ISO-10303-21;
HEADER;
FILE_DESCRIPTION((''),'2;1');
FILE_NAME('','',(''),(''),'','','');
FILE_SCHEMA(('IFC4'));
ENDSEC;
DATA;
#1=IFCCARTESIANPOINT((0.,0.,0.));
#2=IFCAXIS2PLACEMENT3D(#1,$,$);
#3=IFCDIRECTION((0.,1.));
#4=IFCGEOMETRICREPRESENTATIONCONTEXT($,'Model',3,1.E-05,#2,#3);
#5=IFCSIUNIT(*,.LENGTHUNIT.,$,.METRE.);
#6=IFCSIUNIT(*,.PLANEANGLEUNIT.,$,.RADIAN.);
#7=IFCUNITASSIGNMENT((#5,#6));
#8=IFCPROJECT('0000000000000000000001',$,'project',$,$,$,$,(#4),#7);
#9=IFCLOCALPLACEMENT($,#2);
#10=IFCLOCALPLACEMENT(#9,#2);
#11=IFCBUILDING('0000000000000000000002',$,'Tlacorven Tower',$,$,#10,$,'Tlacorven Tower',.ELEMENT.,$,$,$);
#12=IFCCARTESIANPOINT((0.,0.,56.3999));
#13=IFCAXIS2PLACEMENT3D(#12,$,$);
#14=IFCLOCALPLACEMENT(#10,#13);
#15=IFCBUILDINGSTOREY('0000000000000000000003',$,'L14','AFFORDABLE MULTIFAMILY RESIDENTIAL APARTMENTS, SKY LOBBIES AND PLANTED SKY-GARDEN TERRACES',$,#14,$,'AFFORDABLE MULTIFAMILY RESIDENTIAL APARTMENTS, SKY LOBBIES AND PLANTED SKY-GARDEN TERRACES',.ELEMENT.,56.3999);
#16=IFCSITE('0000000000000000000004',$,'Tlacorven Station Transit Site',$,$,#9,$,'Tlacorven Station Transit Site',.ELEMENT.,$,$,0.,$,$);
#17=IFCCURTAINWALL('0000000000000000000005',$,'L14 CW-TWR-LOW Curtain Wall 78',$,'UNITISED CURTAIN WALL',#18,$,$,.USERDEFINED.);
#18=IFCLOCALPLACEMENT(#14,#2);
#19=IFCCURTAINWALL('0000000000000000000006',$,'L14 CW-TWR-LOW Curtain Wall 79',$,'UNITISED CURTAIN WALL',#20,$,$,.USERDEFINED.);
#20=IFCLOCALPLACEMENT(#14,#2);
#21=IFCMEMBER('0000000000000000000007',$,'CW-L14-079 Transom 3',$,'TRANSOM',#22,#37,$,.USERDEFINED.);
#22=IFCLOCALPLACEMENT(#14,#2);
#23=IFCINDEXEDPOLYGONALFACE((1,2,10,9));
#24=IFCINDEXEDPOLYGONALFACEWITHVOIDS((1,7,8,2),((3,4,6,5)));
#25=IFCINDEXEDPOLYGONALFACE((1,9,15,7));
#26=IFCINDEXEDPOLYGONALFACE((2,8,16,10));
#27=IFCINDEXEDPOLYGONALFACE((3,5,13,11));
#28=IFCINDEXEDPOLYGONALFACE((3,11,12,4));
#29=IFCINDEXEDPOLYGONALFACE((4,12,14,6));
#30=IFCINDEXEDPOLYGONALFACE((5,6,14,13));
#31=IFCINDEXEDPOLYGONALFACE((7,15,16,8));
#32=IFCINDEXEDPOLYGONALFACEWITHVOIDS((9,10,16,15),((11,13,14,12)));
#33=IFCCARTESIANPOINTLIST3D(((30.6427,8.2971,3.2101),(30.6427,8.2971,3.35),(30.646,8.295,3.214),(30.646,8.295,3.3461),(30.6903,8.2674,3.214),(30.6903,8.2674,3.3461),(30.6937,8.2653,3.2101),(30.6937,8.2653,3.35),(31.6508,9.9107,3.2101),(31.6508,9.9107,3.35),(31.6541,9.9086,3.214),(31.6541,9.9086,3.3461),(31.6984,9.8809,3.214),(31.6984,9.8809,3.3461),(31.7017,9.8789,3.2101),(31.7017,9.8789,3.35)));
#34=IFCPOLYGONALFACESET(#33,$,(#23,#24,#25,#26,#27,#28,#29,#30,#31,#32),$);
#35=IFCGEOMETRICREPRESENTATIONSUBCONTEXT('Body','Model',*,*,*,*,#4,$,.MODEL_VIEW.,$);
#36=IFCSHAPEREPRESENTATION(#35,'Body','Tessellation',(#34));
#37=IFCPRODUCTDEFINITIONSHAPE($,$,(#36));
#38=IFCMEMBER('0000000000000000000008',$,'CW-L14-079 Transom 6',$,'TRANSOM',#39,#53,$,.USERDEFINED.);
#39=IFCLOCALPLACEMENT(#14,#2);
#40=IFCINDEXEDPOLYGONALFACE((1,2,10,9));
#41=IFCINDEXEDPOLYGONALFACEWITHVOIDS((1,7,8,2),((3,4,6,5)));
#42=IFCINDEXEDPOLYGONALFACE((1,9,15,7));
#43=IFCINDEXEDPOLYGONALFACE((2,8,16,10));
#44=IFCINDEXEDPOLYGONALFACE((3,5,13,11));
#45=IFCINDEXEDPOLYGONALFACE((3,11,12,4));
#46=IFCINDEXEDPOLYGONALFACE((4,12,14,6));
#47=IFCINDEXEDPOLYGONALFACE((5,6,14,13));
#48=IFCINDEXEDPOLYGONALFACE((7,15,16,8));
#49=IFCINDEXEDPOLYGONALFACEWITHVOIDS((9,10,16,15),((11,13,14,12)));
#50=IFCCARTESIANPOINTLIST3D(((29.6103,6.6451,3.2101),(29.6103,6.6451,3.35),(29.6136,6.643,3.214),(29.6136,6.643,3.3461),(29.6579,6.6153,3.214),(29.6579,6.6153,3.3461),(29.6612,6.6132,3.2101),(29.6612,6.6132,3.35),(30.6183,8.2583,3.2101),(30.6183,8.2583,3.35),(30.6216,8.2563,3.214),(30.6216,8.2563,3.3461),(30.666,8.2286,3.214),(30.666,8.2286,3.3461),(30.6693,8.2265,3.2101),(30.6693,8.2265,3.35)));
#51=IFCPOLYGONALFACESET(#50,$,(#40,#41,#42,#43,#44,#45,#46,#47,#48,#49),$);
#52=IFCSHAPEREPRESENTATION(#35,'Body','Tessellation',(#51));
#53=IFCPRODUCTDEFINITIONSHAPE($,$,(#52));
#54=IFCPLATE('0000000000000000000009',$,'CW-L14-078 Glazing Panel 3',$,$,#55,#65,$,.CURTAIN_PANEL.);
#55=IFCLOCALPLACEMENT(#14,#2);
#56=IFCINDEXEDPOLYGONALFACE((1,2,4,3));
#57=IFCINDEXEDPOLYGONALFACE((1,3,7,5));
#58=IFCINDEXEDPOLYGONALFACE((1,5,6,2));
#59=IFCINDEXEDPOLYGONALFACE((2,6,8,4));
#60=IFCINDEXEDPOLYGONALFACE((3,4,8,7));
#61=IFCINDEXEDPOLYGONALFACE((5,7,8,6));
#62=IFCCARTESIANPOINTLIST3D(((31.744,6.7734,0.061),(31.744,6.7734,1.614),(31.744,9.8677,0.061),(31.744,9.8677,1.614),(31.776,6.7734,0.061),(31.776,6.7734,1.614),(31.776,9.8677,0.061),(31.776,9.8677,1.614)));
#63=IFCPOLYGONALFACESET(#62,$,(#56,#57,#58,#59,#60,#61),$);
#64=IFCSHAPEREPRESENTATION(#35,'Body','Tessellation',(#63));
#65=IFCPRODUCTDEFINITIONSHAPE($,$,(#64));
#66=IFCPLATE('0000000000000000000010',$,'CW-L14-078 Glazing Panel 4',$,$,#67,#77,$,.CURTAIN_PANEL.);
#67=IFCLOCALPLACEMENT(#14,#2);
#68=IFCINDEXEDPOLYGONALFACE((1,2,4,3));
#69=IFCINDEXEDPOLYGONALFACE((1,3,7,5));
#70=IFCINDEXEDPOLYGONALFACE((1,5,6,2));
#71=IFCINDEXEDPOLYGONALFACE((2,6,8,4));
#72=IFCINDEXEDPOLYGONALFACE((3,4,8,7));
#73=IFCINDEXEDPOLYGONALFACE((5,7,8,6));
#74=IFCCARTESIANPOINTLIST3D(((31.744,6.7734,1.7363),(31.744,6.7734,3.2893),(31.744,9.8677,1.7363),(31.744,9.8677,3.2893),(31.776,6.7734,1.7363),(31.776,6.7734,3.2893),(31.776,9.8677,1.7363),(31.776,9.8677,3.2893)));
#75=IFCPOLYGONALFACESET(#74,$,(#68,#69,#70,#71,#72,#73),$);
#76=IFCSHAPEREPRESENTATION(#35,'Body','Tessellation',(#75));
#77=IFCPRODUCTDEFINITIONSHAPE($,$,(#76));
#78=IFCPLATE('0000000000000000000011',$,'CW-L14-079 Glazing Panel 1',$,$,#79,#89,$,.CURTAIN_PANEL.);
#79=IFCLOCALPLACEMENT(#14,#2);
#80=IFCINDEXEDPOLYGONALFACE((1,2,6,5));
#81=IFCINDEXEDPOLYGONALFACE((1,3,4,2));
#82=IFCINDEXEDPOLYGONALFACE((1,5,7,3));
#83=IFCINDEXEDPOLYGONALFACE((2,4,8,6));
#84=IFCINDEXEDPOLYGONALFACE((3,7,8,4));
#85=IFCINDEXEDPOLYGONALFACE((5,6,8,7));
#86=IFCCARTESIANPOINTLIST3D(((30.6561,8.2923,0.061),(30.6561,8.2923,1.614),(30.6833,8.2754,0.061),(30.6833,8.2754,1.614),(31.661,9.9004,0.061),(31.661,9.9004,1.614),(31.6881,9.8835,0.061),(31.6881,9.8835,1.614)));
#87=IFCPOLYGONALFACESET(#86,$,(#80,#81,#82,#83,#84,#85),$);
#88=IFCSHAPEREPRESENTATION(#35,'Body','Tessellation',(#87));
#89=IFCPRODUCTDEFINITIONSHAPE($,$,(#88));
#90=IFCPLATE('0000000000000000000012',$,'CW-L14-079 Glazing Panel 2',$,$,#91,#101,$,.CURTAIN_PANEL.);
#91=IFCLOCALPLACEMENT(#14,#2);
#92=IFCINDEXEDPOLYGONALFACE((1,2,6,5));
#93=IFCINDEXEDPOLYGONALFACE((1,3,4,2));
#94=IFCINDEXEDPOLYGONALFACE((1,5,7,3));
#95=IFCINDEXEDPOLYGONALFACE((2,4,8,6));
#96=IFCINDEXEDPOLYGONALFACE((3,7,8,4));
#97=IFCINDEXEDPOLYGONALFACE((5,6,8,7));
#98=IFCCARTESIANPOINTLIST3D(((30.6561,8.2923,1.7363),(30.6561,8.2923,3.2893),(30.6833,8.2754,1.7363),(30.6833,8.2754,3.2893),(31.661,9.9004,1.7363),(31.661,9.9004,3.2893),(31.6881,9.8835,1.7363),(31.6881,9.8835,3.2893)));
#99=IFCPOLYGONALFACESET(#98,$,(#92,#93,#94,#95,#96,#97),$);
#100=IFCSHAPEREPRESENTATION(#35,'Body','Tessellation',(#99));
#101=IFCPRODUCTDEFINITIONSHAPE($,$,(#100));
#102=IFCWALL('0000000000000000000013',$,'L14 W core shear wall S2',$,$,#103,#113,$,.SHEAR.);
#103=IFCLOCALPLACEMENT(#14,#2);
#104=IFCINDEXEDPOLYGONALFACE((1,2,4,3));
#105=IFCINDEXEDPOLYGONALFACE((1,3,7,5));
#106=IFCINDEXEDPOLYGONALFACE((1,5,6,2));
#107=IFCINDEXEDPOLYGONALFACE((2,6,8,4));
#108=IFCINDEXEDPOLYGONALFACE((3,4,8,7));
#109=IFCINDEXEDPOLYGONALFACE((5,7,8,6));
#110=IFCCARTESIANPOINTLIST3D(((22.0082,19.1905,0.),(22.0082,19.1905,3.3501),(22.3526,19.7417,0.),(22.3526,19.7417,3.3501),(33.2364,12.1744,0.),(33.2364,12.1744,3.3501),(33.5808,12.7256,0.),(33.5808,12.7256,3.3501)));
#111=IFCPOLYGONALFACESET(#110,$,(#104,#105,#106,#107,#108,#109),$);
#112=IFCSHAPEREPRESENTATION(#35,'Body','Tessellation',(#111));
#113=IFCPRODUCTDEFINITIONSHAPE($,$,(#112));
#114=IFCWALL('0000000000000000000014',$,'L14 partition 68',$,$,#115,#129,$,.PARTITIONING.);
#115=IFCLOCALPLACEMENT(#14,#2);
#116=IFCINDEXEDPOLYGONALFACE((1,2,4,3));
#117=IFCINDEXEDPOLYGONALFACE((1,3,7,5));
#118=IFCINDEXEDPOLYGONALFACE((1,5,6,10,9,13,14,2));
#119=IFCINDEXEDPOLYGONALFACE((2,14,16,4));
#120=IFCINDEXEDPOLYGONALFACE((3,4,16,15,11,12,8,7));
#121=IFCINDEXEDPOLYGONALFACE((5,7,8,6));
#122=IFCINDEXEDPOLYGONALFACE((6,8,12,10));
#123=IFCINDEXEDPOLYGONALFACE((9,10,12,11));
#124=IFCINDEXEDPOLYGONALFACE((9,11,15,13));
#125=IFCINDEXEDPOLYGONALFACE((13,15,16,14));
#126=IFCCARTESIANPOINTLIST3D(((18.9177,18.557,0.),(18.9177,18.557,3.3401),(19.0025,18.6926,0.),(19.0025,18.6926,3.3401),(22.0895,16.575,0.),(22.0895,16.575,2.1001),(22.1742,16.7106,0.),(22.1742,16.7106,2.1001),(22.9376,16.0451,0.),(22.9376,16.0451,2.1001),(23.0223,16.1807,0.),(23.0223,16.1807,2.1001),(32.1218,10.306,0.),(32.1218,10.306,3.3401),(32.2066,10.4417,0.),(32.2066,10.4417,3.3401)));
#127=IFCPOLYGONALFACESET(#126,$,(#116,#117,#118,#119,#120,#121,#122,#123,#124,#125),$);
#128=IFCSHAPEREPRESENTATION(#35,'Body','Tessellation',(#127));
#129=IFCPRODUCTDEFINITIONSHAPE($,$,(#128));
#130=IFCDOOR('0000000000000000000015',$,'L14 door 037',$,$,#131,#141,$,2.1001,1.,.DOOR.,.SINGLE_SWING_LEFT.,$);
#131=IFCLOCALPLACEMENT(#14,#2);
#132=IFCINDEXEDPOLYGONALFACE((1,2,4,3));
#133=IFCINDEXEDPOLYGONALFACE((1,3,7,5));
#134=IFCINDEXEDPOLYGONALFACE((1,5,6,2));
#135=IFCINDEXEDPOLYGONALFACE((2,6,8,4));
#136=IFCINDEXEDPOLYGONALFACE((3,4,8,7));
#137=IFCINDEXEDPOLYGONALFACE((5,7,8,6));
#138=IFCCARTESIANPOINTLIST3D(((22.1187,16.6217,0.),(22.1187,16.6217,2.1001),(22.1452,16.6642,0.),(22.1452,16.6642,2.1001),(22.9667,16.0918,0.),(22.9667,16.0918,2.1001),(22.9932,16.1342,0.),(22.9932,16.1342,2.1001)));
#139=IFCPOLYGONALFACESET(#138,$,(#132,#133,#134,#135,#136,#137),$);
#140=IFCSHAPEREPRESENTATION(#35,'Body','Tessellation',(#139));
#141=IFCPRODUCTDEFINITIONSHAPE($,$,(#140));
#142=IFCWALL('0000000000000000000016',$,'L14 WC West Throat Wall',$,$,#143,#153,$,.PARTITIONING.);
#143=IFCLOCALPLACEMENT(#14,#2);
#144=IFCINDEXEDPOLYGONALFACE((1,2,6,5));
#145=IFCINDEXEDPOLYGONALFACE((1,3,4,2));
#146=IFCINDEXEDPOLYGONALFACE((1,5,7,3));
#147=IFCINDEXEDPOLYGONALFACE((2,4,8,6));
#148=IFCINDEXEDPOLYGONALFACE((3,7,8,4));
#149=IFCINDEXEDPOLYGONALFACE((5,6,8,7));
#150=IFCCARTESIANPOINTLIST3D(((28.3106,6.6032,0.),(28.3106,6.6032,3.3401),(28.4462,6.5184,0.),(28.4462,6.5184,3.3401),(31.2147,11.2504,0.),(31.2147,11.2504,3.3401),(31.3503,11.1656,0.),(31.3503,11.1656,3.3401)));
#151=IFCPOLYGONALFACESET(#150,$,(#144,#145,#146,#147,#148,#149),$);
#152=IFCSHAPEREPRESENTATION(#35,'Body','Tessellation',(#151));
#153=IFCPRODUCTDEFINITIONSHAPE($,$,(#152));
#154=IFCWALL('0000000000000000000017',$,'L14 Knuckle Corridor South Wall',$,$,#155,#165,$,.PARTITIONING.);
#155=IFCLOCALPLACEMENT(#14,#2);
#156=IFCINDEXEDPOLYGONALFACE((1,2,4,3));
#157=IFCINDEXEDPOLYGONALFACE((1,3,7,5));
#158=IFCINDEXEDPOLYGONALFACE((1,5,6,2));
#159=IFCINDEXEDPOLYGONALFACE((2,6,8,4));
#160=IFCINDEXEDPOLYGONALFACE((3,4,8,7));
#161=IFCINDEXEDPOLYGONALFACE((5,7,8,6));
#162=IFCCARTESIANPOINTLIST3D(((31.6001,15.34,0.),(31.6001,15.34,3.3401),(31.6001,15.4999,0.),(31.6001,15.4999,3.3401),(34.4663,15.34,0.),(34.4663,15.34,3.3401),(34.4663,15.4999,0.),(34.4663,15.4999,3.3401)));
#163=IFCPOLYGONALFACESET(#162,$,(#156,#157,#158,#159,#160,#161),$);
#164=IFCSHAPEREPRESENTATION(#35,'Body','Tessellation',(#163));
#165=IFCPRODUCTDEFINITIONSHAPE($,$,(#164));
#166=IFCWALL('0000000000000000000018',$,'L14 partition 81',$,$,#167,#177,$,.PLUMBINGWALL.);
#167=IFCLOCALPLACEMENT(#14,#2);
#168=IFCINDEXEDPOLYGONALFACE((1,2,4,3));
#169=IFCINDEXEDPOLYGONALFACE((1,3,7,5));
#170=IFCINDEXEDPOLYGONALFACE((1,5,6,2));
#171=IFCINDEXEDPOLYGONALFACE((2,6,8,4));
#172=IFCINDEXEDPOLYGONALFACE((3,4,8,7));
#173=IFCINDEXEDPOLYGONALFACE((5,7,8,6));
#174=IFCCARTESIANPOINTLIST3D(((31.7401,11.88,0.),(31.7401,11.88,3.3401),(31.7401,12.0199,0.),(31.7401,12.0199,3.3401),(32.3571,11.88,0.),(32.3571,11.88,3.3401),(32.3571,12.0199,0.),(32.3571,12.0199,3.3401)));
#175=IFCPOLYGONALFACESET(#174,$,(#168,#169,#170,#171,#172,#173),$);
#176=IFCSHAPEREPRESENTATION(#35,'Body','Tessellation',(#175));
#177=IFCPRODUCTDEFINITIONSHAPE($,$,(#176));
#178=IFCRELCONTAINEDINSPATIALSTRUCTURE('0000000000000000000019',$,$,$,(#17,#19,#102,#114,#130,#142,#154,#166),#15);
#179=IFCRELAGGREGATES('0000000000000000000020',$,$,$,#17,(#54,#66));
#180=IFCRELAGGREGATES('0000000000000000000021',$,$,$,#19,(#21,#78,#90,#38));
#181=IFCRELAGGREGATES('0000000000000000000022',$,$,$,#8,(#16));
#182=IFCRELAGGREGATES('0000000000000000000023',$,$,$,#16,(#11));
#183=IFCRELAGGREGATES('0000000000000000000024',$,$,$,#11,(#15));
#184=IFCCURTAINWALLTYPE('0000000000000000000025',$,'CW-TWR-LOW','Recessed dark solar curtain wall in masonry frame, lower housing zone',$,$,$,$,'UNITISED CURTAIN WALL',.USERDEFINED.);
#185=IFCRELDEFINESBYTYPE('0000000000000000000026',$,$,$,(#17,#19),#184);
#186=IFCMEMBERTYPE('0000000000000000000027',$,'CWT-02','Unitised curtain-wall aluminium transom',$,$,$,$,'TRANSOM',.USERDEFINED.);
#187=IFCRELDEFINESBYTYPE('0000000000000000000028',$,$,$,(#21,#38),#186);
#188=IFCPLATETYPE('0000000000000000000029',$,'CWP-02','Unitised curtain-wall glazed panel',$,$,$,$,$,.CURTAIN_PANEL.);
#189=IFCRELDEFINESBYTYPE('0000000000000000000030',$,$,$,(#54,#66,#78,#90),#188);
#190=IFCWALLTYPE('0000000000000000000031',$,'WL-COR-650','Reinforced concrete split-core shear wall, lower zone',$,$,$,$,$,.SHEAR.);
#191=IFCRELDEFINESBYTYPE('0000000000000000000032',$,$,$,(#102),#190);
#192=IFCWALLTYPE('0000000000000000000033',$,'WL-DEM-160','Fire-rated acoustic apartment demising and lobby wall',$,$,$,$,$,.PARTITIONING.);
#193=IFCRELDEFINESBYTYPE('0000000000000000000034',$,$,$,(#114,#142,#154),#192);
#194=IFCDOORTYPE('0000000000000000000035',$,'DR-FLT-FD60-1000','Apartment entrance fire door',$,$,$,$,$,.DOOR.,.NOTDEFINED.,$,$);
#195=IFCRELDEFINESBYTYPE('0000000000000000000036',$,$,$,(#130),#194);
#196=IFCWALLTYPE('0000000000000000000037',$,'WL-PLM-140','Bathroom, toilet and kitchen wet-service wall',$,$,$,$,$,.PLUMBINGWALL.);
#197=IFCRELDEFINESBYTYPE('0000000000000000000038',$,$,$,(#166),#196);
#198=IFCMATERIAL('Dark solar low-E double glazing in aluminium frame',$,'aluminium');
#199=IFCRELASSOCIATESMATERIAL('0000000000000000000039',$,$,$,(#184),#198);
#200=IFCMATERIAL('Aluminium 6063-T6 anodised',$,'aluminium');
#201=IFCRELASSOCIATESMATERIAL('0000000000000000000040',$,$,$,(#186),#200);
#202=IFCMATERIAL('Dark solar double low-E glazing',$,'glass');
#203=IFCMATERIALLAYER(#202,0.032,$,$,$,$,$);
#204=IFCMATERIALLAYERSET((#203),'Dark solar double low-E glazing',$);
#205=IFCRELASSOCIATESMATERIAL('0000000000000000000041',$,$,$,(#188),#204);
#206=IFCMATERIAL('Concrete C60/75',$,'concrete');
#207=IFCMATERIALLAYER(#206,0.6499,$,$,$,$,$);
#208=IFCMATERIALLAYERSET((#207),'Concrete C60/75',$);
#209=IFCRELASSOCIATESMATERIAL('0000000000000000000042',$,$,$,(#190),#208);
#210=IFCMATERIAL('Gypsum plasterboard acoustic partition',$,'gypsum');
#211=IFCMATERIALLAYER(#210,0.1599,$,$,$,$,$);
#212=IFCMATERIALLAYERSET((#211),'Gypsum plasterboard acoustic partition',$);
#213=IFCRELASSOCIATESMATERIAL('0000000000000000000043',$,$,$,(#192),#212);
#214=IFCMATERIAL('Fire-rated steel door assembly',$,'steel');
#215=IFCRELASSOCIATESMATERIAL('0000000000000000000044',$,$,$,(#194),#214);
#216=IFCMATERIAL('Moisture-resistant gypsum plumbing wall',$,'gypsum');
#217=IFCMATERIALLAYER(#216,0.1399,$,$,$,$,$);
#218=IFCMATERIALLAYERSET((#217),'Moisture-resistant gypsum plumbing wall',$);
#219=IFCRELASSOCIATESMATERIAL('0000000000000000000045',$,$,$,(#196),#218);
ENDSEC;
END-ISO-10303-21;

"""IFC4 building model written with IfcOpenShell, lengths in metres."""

from ifc_helpers import new_model, si_unit, direction, frame, frame_2d, origin, origin_2d, place, context, subcontext, project, spatial, rectangle, hollow_rectangle, extrude, source, transform, mapped, material, layer, layer_set, material_profile, profile_set, type_object, element, fill, aggregate, save


model = new_model("IFC4")

# Units and contexts
model_context = context("Model", 3, precision=1e-05, world=origin(), true_north=direction((0.0, 1.0)))
body_context = subcontext(model_context, "Body", "Model", "MODEL_VIEW")
ifc_project = project(units=[si_unit("LENGTHUNIT", "METRE"), si_unit("PLANEANGLEUNIT", "RADIAN")], contexts=[model_context])

# Site, building, storey
site_placement = place(None, origin())
site = spatial("IfcSite", under=ifc_project, at=site_placement, Name="Tlacorven Station Transit Site", LongName="Tlacorven Station Transit Site", CompositionType="ELEMENT", RefElevation=0.0)
building_placement = place(site_placement, origin())
building = spatial("IfcBuilding", under=site, at=building_placement, Name="Tlacorven Tower", LongName="Tlacorven Tower", CompositionType="ELEMENT")
storey_placement = place(building_placement, frame((0.0, 0.0, 56.3999)))
storey = spatial("IfcBuildingStorey", under=building, at=storey_placement, Name="L14", Description="AFFORDABLE MULTIFAMILY RESIDENTIAL APARTMENTS, SKY LOBBIES AND PLANTED SKY-GARDEN TERRACES", LongName="AFFORDABLE MULTIFAMILY RESIDENTIAL APARTMENTS, SKY LOBBIES AND PLANTED SKY-GARDEN TERRACES", CompositionType="ELEMENT", Elevation=56.3999)

# Curtain wall
ifc_material_1 = material(Name="Dark solar low-E double glazing in aluminium frame", Category="aluminium")
curtain_wall_type = type_object("IfcCurtainWallType", Name="CW-TWR-LOW", Description="Recessed dark solar curtain wall in masonry frame, lower housing zone", ElementType="UNITISED CURTAIN WALL", PredefinedType="USERDEFINED", material=ifc_material_1)
curtain_wall_1_placement = place(storey_placement, origin())
curtain_wall_1 = element("IfcCurtainWall", 1, at=curtain_wall_1_placement, inside=storey, type_object=curtain_wall_type, Name="L14 CW-TWR-LOW Curtain Wall 78", ObjectType="UNITISED CURTAIN WALL", PredefinedType="USERDEFINED")
ifc_material_2 = material(Name="Aluminium 6063-T6 anodised", Category="aluminium")

# Curtain wall
curtain_wall_2_placement = place(storey_placement, origin())
curtain_wall_2 = element("IfcCurtainWall", 2, at=curtain_wall_2_placement, inside=storey, type_object=curtain_wall_type, Name="L14 CW-TWR-LOW Curtain Wall 79", ObjectType="UNITISED CURTAIN WALL", PredefinedType="USERDEFINED")

# Members
ifc_material_profile_1 = material_profile(ifc_material_2, hollow_rectangle(XDim=0.0601, YDim=0.1399, WallThickness=0.0039, at=origin_2d()), Name="ALU TRANSOM 60X140")
ifc_profile_set_1 = profile_set([ifc_material_profile_1], Name="Aluminium 6063-T6 anodised")
member_type_1 = type_object("IfcMemberType", Name="CWT-02", Description="Unitised curtain-wall aluminium transom", ElementType="TRANSOM", PredefinedType="USERDEFINED", material=ifc_profile_set_1)
shared_shape_1 = source(origin(), body_context, "Body", "SweptSolid", [
    extrude(hollow_rectangle(XDim=0.0601, YDim=0.1399, WallThickness=0.0039, at=origin_2d()), origin(), (0.0, 0.0, 1.0), 1.9026),
])
member_1_placement = place(storey_placement, frame((31.6763, 9.8948, 3.28), z_axis=(-0.529849, -0.848092, 0.0), x_axis=(0.848092, -0.529849, 0.0)))
member_1 = element("IfcMember", 3, at=member_1_placement, type_object=member_type_1, Name="CW-L14-079 Transom 3", ObjectType="TRANSOM", PredefinedType="USERDEFINED", context=body_context, shape_type="MappedRepresentation", body=[
    mapped(shared_shape_1, transform((0.0, 0.0, 0.0), scale=1.0)),
])
shared_shape_2 = source(origin(), body_context, "Body", "SweptSolid", [
    extrude(hollow_rectangle(XDim=0.0601, YDim=0.1399, WallThickness=0.0039, at=origin_2d()), origin(), (0.0, 0.0, 1.0), 1.9023),
])
member_2_placement = place(storey_placement, frame((30.6438, 8.2424, 3.28), z_axis=(-0.529907, -0.848056, 0.0), x_axis=(0.848056, -0.529907, 0.0)))
member_2 = element("IfcMember", 4, at=member_2_placement, type_object=member_type_1, Name="CW-L14-079 Transom 6", ObjectType="TRANSOM", PredefinedType="USERDEFINED", context=body_context, shape_type="MappedRepresentation", body=[
    mapped(shared_shape_2, transform((0.0, 0.0, 0.0), scale=1.0)),
])

# Plates
ifc_material_3 = material(Name="Dark solar double low-E glazing", Category="glass")
ifc_layer_1 = layer(ifc_material_3, 0.032)
ifc_layer_set_1 = layer_set([ifc_layer_1], Name="Dark solar double low-E glazing")
plate_type = type_object("IfcPlateType", Name="CWP-02", Description="Unitised curtain-wall glazed panel", PredefinedType="CURTAIN_PANEL", material=ifc_layer_set_1)
shared_shape_3 = source(origin(), body_context, "Body", "SweptSolid", [
    extrude(rectangle(XDim=3.0942, YDim=0.032, at=origin_2d()), origin(), (0.0, 0.0, 1.0), 1.553),
])
plate_1_placement = place(storey_placement, frame((31.76, 8.3206, 0.061), z_axis=(0.0, 0.0, 1.0), x_axis=(0.0, 1.0, 0.0)))
plate_1 = element("IfcPlate", 5, at=plate_1_placement, type_object=plate_type, Name="CW-L14-078 Glazing Panel 3", PredefinedType="CURTAIN_PANEL", context=body_context, shape_type="MappedRepresentation", body=[
    mapped(shared_shape_3, transform((0.0, 0.0, 0.0), scale=1.0)),
])
plate_2_placement = place(storey_placement, frame((31.76, 8.3206, 1.7363), z_axis=(0.0, 0.0, 1.0), x_axis=(0.0, 1.0, 0.0)))
plate_2 = element("IfcPlate", 6, at=plate_2_placement, type_object=plate_type, Name="CW-L14-078 Glazing Panel 4", PredefinedType="CURTAIN_PANEL", context=body_context, shape_type="MappedRepresentation", body=[
    mapped(shared_shape_3, transform((0.0, 0.0, 0.0), scale=1.0)),
])
aggregate(curtain_wall_1, [plate_1, plate_2])
shared_shape_4 = source(origin(), body_context, "Body", "SweptSolid", [
    extrude(rectangle(XDim=1.8962, YDim=0.032, at=origin_2d()), origin(), (0.0, 0.0, 1.0), 1.553),
])
plate_3_placement = place(storey_placement, frame((31.1721, 9.0879, 0.061), z_axis=(0.0, 0.0, 1.0), x_axis=(-0.529919, -0.848048, 0.0)))
plate_3 = element("IfcPlate", 7, at=plate_3_placement, type_object=plate_type, Name="CW-L14-079 Glazing Panel 1", PredefinedType="CURTAIN_PANEL", context=body_context, shape_type="MappedRepresentation", body=[
    mapped(shared_shape_4, transform((0.0, 0.0, 0.0), scale=1.0)),
])
plate_4_placement = place(storey_placement, frame((31.1721, 9.0879, 1.7363), z_axis=(0.0, 0.0, 1.0), x_axis=(-0.529919, -0.848048, 0.0)))
plate_4 = element("IfcPlate", 8, at=plate_4_placement, type_object=plate_type, Name="CW-L14-079 Glazing Panel 2", PredefinedType="CURTAIN_PANEL", context=body_context, shape_type="MappedRepresentation", body=[
    mapped(shared_shape_4, transform((0.0, 0.0, 0.0), scale=1.0)),
])
aggregate(curtain_wall_2, [member_1, plate_3, plate_4, member_2])

# Wall
ifc_material_4 = material(Name="Concrete C60/75", Category="concrete")
ifc_layer_2 = layer(ifc_material_4, 0.6499)
ifc_layer_set_2 = layer_set([ifc_layer_2], Name="Concrete C60/75")
wall_type_1 = type_object("IfcWallType", Name="WL-COR-650", Description="Reinforced concrete split-core shear wall, lower zone", PredefinedType="SHEAR", material=ifc_layer_set_2)
wall_1_placement = place(storey_placement, frame((33.4087, 12.45, 0.0), z_axis=(0.0, 0.0, 1.0), x_axis=(-0.848051, 0.529914, 0.0)))
element("IfcWall", 9, at=wall_1_placement, inside=storey, type_object=wall_type_1, Name="L14 W core shear wall S2", PredefinedType="SHEAR", context=body_context, shape_type="SweptSolid", body=[
    extrude(rectangle(XDim=13.24, YDim=0.6499, at=frame_2d((6.6201, 0.0))), origin(), (0.0, 0.0, 1.0), 3.3501),
])

# Wall, opening, door
ifc_material_5 = material(Name="Gypsum plasterboard acoustic partition", Category="gypsum")
ifc_layer_3 = layer(ifc_material_5, 0.1599)
ifc_layer_set_3 = layer_set([ifc_layer_3], Name="Gypsum plasterboard acoustic partition")
wall_type_2 = type_object("IfcWallType", Name="WL-DEM-160", Description="Fire-rated acoustic apartment demising and lobby wall", PredefinedType="PARTITIONING", material=ifc_layer_set_3)
wall_2_placement = place(storey_placement, frame((32.1643, 10.3738, 0.0), z_axis=(0.0, 0.0, 1.0), x_axis=(-0.848044, 0.529926, 0.0)))
wall_2 = element("IfcWall", 10, at=wall_2_placement, inside=storey, type_object=wall_type_2, Name="L14 partition 68", PredefinedType="PARTITIONING", context=body_context, shape_type="SweptSolid", body=[
    extrude(rectangle(XDim=15.5701, YDim=0.1599, at=frame_2d((7.7852, 0.0))), origin(), (0.0, 0.0, 1.0), 3.3401),
])
opening_1_placement = place(wall_2_placement, frame((10.8301, 0.0, 0.0)))
opening_1 = element("IfcOpeningElement", 11, at=opening_1_placement, cuts=wall_2, PredefinedType="OPENING", context=body_context, shape_type="SweptSolid", body=[
    extrude(rectangle(XDim=1.0, YDim=2.1001, at=frame_2d((0.5, 1.05))), frame((0.0, 0.0898, 0.0), z_axis=(0.0, -1.0, 0.0), x_axis=(1.0, 0.0, 0.0)), (0.0, 0.0, 1.0), 0.1799),
])
ifc_material_6 = material(Name="Fire-rated steel door assembly", Category="steel")
door_type_1 = type_object("IfcDoorType", Name="DR-FLT-FD60-1000", Description="Apartment entrance fire door", OperationType="NOTDEFINED", PredefinedType="DOOR", material=ifc_material_6)
shared_shape_5 = source(origin(), body_context, "Body", "SweptSolid", [
    extrude(rectangle(XDim=1.0, YDim=2.1001, at=frame_2d((0.5, 1.05))), frame((0.0, 0.0249, 0.0), z_axis=(0.0, -1.0, 0.0), x_axis=(1.0, 0.0, 0.0)), (0.0, 0.0, 1.0), 0.05),
])
door_1_placement = place(opening_1_placement, origin())
door_1 = element("IfcDoor", 12, at=door_1_placement, inside=storey, type_object=door_type_1, Name="L14 door 037", OperationType="SINGLE_SWING_LEFT", OverallHeight=2.1001, OverallWidth=1.0, PredefinedType="DOOR", context=body_context, shape_type="MappedRepresentation", body=[
    mapped(shared_shape_5, transform((0.0, 0.0, 0.0), scale=1.0)),
])
fill(opening_1, door_1)

# Walls
wall_3_placement = place(storey_placement, frame((31.2825, 11.208, 0.0), z_axis=(0.0, 0.0, 1.0), x_axis=(-0.529939, -0.848036, 0.0)))
element("IfcWall", 13, at=wall_3_placement, inside=storey, type_object=wall_type_2, Name="L14 WC West Throat Wall", PredefinedType="PARTITIONING", context=body_context, shape_type="SweptSolid", body=[
    extrude(rectangle(XDim=5.48, YDim=0.1599, at=frame_2d((2.74, 0.0))), origin(), (0.0, 0.0, 1.0), 3.3401),
])
wall_4_placement = place(storey_placement, frame((31.6001, 15.4199, 0.0), z_axis=(0.0, 0.0, 1.0), x_axis=(1.0, 0.0, 0.0)))
element("IfcWall", 14, at=wall_4_placement, inside=storey, type_object=wall_type_2, Name="L14 Knuckle Corridor South Wall", PredefinedType="PARTITIONING", context=body_context, shape_type="SweptSolid", body=[
    extrude(rectangle(XDim=2.8662, YDim=0.1599, at=frame_2d((1.4331, 0.0))), origin(), (0.0, 0.0, 1.0), 3.3401),
])
ifc_material_7 = material(Name="Moisture-resistant gypsum plumbing wall", Category="gypsum")
ifc_layer_4 = layer(ifc_material_7, 0.1399)
ifc_layer_set_4 = layer_set([ifc_layer_4], Name="Moisture-resistant gypsum plumbing wall")
wall_type_3 = type_object("IfcWallType", Name="WL-PLM-140", Description="Bathroom, toilet and kitchen wet-service wall", PredefinedType="PLUMBINGWALL", material=ifc_layer_set_4)
wall_5_placement = place(storey_placement, frame((31.74, 11.95, 0.0), z_axis=(0.0, 0.0, 1.0), x_axis=(1.0, 0.0, 0.0)))
element("IfcWall", 15, at=wall_5_placement, inside=storey, type_object=wall_type_3, Name="L14 partition 81", PredefinedType="PLUMBINGWALL", context=body_context, shape_type="SweptSolid", body=[
    extrude(rectangle(XDim=0.6169, YDim=0.1399, at=frame_2d((0.3086, 0.0))), origin(), (0.0, 0.0, 1.0), 3.3401),
])

save(model, "model.ifc")
